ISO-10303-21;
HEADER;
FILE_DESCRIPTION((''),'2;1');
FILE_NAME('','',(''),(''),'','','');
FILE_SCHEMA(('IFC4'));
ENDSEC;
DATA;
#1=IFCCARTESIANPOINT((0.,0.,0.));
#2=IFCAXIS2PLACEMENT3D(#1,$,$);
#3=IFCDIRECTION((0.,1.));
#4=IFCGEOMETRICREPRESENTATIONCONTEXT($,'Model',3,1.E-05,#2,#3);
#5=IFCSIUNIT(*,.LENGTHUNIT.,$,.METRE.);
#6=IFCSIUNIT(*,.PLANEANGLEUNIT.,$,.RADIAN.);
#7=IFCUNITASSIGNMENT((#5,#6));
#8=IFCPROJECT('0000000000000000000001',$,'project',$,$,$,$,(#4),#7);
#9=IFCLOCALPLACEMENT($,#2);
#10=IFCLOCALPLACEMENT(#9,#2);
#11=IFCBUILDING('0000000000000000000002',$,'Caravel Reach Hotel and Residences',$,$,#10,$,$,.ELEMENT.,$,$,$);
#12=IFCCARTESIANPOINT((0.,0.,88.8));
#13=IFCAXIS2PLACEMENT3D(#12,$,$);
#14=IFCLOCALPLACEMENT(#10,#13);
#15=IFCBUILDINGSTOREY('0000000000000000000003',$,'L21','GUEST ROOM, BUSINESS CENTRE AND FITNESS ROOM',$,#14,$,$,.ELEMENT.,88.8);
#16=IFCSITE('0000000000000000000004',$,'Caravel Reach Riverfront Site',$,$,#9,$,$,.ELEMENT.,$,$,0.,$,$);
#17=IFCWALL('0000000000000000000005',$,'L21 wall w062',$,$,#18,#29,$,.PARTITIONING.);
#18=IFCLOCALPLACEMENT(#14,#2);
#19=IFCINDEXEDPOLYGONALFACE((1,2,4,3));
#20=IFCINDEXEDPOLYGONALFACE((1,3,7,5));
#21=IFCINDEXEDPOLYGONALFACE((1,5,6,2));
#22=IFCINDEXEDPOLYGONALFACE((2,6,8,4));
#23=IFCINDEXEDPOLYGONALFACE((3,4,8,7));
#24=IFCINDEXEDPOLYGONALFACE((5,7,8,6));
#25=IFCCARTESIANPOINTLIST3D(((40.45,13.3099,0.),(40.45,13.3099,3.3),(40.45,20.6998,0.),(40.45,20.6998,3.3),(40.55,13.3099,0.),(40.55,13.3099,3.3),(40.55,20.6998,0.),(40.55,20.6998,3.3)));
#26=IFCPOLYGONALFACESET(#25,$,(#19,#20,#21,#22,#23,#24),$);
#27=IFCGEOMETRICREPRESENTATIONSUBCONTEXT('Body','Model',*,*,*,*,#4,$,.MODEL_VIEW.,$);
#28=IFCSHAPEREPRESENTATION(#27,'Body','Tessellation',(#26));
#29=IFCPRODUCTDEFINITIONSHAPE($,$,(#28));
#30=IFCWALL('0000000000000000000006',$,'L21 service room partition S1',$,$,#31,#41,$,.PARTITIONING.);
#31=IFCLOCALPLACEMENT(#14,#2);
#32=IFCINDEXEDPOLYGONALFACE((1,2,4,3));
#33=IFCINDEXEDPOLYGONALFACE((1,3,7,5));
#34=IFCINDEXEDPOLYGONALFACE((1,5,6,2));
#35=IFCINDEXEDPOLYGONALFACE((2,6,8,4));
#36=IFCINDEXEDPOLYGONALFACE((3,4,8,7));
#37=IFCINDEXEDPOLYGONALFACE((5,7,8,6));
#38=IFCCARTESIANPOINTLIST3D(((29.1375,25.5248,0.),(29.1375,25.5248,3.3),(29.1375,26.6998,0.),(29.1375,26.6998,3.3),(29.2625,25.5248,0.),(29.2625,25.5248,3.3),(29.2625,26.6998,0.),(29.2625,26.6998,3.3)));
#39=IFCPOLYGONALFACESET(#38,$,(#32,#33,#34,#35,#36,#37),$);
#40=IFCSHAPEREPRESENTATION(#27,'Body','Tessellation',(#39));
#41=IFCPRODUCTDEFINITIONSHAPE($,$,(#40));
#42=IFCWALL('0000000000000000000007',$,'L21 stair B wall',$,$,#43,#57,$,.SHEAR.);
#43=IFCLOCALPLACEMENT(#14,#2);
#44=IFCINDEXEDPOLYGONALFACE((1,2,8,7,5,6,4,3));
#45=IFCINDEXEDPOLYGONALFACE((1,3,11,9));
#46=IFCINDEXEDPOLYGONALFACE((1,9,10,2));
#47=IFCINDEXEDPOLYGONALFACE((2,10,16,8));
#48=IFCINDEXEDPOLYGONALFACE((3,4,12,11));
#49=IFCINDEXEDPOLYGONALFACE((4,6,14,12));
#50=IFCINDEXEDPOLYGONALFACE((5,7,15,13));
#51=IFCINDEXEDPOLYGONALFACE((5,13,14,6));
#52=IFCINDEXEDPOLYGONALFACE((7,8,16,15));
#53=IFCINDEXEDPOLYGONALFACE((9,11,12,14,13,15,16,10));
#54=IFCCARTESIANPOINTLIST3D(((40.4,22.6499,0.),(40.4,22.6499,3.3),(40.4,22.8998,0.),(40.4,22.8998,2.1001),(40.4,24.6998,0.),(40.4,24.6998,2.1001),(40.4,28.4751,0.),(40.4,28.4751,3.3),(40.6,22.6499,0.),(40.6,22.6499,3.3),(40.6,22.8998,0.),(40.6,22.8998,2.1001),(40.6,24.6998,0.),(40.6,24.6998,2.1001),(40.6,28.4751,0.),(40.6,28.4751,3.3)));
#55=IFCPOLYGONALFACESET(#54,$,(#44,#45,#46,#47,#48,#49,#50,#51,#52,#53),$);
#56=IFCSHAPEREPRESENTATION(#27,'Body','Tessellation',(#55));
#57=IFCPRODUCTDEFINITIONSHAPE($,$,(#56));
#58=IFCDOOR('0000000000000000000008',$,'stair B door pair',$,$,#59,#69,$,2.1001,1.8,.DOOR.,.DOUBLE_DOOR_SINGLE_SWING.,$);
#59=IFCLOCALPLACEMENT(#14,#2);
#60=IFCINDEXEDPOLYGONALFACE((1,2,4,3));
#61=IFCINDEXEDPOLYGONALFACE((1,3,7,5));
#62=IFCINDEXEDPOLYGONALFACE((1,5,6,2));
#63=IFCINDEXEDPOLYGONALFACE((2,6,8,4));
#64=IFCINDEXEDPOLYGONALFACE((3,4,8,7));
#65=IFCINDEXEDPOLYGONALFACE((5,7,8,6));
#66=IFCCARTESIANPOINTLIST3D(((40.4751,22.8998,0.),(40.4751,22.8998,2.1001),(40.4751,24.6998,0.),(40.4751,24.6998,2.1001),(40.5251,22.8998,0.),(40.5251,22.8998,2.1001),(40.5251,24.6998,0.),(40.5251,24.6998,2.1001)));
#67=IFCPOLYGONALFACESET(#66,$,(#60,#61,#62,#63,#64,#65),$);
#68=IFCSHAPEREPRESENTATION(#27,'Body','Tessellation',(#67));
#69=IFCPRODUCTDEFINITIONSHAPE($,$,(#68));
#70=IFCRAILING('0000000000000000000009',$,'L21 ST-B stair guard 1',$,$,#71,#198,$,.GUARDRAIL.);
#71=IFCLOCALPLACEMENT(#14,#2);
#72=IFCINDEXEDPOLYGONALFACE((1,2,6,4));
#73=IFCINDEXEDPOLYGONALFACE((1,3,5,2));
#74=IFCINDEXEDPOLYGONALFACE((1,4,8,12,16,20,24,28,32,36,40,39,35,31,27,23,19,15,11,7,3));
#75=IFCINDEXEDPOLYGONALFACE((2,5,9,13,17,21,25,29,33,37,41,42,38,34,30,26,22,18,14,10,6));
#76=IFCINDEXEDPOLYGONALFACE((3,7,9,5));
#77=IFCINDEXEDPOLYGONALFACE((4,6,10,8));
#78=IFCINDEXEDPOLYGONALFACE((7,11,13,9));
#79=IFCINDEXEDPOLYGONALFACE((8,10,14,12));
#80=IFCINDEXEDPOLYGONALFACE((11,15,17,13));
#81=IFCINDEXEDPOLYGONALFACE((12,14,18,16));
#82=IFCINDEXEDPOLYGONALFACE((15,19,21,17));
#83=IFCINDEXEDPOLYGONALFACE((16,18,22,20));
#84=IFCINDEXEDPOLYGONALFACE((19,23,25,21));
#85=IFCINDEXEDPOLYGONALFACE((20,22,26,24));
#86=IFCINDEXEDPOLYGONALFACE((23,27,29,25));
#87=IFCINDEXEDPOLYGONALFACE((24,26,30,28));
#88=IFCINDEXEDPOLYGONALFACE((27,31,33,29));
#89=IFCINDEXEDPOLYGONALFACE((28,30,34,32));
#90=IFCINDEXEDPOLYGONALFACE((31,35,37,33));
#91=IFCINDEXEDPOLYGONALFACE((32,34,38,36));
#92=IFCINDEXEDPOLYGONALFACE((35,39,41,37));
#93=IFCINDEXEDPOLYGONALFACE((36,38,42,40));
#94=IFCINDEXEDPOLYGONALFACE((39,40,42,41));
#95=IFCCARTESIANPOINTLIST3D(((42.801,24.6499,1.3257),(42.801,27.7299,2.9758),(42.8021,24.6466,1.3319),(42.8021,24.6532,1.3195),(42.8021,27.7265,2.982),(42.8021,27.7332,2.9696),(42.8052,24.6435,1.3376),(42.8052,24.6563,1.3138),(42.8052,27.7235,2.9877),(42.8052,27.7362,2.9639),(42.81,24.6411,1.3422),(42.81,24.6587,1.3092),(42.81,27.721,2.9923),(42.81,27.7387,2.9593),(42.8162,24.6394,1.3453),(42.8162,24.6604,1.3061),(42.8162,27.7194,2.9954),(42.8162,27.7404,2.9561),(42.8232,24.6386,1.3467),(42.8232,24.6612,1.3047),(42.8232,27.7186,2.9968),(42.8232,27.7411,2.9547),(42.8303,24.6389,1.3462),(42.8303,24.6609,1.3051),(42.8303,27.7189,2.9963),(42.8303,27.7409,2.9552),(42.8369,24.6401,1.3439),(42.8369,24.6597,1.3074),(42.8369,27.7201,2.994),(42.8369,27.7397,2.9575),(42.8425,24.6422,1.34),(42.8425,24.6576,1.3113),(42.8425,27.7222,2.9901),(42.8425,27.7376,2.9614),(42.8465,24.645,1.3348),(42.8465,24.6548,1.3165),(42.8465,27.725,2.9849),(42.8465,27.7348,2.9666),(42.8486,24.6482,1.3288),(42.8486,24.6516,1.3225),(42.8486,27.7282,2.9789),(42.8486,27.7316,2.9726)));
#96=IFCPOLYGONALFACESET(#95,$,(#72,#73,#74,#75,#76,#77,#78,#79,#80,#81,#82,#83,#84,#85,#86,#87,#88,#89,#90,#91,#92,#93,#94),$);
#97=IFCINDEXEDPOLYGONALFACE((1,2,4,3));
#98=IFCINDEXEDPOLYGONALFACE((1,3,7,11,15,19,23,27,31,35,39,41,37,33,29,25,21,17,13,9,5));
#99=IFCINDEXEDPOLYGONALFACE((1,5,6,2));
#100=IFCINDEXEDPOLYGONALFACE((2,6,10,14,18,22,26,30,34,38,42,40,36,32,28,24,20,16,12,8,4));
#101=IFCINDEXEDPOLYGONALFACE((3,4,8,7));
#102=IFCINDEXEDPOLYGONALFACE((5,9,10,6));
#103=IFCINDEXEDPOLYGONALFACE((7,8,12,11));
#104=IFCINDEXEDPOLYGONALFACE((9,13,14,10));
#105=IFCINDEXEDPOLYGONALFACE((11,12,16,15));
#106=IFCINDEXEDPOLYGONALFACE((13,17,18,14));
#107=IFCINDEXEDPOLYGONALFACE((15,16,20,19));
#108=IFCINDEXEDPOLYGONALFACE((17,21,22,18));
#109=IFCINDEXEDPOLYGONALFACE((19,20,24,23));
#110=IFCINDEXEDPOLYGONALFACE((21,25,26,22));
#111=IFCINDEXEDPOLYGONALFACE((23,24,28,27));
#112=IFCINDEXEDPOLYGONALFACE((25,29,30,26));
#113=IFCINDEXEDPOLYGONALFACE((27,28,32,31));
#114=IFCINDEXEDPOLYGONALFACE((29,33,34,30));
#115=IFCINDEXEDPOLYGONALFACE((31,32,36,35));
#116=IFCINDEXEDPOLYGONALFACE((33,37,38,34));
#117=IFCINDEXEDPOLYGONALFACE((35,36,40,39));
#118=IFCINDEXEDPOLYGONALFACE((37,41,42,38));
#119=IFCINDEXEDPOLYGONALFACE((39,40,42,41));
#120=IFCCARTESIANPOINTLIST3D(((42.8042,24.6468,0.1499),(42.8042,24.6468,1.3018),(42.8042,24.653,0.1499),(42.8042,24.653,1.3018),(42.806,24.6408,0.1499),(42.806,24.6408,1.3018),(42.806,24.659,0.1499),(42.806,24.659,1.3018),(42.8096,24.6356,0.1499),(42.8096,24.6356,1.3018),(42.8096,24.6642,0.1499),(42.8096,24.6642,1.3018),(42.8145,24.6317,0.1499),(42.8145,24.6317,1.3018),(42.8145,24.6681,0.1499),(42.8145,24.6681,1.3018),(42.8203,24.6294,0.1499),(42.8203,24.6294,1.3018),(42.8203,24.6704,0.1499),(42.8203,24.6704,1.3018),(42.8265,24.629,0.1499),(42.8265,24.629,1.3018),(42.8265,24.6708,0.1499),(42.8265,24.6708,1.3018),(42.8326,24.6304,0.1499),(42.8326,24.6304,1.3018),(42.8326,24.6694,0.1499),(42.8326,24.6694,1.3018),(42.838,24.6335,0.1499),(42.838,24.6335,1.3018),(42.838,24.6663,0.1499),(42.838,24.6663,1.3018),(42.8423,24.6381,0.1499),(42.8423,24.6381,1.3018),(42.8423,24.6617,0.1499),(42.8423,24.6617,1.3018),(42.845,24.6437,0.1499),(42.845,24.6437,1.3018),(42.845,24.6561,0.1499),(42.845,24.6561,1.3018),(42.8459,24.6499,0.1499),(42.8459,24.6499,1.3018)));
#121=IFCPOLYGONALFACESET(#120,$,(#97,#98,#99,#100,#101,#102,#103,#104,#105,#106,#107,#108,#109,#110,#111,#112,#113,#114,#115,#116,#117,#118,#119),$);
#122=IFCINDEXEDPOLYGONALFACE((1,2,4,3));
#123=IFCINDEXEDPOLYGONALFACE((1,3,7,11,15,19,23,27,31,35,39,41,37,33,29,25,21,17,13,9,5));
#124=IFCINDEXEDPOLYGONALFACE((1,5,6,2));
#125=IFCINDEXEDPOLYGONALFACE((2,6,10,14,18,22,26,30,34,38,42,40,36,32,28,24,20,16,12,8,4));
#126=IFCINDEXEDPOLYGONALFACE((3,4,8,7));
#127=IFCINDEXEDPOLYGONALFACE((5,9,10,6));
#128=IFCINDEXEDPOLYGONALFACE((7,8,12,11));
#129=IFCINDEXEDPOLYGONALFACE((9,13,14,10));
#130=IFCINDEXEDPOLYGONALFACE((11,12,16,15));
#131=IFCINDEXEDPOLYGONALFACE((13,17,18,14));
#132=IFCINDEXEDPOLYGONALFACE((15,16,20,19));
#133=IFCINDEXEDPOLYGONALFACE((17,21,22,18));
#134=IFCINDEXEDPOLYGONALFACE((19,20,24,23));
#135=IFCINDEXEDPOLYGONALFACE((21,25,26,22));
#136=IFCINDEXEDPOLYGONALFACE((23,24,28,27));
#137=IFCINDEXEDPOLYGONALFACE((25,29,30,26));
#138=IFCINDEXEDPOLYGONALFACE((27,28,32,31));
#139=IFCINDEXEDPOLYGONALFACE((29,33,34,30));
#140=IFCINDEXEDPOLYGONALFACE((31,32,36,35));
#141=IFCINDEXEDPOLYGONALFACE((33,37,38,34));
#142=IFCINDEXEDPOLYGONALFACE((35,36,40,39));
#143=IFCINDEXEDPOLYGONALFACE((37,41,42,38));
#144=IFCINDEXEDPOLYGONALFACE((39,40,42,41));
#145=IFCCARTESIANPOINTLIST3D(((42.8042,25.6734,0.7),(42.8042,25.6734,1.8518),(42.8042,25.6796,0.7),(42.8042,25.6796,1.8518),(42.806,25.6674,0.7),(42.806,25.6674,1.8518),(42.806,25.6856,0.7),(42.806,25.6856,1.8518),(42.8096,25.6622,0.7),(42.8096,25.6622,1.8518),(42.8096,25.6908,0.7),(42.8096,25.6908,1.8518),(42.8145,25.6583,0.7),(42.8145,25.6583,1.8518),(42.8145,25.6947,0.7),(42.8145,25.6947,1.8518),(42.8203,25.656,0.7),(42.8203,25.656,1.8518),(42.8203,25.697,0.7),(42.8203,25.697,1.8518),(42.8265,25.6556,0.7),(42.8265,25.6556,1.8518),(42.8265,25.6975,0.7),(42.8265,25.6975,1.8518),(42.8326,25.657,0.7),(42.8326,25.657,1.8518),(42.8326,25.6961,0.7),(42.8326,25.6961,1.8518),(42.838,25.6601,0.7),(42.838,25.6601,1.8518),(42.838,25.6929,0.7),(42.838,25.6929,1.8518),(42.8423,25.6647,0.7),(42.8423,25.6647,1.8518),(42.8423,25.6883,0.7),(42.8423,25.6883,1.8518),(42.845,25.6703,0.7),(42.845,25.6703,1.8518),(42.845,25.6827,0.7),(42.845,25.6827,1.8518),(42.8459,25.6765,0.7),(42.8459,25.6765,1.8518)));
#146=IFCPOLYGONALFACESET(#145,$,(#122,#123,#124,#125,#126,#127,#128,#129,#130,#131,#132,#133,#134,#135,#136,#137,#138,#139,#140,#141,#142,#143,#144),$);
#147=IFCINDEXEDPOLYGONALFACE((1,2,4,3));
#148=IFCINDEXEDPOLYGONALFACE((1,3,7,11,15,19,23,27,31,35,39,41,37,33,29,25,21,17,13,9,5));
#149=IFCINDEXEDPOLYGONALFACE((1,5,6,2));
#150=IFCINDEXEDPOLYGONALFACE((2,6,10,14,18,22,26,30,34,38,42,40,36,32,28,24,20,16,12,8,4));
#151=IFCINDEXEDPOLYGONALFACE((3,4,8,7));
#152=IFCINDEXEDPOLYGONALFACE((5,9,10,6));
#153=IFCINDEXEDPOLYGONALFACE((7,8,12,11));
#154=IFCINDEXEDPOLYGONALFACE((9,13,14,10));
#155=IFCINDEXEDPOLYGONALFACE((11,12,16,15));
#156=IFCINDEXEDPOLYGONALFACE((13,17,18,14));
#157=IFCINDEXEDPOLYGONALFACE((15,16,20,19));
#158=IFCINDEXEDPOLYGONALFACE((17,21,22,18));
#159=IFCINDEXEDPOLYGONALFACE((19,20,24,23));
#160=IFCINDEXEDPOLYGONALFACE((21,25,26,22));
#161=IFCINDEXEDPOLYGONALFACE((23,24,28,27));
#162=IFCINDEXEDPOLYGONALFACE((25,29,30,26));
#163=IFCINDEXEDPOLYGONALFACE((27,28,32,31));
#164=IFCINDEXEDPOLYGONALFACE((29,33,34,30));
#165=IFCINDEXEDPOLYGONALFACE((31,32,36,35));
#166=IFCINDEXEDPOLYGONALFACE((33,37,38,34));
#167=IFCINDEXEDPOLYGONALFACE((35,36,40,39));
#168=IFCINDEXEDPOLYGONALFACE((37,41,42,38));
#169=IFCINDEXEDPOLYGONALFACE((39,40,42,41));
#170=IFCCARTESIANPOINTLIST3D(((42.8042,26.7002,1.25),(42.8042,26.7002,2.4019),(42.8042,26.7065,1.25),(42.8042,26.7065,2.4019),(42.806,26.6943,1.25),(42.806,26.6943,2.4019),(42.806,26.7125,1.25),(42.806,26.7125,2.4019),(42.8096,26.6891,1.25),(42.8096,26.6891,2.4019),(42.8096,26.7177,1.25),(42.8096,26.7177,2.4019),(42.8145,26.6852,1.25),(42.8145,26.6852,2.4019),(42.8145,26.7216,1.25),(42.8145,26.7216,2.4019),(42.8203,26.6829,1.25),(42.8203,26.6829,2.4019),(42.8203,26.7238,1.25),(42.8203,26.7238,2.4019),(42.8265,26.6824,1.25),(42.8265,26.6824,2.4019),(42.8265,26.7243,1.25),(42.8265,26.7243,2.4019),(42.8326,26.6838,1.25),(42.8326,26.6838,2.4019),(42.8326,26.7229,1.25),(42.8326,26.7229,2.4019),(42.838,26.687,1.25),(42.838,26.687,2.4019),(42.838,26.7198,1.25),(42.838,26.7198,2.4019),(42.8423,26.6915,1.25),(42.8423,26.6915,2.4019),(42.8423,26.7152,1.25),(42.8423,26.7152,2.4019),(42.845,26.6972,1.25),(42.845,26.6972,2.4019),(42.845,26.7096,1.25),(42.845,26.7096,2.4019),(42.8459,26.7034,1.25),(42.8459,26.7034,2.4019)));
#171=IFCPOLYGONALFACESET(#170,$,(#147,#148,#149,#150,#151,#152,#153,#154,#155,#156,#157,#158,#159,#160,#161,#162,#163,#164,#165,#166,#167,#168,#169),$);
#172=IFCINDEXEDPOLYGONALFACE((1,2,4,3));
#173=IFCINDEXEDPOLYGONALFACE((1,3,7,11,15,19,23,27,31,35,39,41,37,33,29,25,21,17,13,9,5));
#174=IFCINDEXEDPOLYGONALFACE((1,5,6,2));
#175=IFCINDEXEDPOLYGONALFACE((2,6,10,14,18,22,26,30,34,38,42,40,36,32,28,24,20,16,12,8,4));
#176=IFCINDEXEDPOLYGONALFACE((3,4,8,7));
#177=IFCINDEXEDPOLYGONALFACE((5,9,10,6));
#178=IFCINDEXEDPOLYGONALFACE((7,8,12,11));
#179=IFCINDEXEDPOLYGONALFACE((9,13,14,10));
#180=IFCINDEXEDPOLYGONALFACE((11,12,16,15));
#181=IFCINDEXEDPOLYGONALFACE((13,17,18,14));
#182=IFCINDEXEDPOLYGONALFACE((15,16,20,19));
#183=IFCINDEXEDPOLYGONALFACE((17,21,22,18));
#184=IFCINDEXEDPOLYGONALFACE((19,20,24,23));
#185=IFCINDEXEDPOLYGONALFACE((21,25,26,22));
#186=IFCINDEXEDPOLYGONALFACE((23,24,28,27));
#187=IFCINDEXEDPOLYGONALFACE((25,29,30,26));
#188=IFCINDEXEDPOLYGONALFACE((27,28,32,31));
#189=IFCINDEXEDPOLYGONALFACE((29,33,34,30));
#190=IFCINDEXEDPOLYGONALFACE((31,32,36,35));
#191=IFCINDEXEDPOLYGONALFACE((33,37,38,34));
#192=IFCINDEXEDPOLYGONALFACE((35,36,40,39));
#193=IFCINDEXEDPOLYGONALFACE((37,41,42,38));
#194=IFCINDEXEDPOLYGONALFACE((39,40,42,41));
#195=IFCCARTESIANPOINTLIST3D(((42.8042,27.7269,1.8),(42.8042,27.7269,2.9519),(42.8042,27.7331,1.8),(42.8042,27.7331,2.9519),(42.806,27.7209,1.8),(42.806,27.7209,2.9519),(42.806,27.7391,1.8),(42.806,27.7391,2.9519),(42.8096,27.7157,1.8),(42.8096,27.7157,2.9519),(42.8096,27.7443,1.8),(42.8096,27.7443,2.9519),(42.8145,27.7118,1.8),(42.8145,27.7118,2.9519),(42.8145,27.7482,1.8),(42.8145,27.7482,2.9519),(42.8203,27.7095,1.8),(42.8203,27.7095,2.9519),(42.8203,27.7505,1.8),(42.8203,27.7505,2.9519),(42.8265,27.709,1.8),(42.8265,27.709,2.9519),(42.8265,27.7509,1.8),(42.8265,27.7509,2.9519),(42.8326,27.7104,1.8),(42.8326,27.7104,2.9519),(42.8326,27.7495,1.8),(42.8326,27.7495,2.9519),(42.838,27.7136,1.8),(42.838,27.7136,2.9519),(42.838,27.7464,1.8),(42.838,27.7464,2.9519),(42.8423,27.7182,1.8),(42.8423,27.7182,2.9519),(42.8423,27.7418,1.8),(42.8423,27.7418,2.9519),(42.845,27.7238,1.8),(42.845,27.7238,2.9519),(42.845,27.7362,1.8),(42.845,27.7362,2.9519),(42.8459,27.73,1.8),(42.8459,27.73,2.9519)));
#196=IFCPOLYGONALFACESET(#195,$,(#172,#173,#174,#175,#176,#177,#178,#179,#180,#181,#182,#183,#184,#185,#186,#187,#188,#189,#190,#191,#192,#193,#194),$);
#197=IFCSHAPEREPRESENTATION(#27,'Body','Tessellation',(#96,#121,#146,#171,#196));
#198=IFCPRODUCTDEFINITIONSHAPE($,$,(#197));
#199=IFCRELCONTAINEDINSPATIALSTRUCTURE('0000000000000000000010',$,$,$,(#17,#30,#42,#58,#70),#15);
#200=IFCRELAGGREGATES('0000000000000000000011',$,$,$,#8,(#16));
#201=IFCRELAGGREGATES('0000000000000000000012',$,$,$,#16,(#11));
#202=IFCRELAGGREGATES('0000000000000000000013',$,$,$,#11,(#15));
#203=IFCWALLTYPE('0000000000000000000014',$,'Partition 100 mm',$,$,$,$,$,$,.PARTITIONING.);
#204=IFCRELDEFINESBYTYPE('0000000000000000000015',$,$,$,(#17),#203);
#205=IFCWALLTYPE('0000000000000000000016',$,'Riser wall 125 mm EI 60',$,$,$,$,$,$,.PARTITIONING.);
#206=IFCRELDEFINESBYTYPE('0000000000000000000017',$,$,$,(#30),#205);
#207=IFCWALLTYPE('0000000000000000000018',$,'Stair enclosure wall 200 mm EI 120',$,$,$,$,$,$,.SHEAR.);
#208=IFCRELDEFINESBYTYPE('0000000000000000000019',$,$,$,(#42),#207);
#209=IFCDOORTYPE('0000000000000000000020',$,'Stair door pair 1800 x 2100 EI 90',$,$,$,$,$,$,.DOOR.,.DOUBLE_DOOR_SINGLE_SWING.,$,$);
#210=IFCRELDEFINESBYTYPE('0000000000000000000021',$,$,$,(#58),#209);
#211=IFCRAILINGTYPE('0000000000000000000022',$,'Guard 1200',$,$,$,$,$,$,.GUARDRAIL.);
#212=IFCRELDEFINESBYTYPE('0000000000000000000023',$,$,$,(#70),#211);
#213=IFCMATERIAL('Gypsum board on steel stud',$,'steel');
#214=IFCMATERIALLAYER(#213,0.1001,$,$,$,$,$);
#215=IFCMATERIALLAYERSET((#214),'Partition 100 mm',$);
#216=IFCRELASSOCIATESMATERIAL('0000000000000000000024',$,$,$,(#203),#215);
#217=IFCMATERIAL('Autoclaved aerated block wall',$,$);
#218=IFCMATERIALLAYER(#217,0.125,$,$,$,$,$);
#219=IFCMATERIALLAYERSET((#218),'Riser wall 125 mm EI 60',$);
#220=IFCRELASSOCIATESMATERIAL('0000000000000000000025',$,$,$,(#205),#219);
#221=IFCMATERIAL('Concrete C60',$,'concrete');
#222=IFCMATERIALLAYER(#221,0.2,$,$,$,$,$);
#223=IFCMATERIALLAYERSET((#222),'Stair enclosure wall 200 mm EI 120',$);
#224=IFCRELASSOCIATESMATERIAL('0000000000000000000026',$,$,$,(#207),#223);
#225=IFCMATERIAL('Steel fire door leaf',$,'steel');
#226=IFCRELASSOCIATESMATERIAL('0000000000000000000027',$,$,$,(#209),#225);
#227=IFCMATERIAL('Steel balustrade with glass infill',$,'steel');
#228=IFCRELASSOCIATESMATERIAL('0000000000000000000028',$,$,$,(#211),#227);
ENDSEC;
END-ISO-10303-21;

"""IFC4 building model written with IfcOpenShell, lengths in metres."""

from ifc_helpers import new_model, si_unit, direction, frame, frame_2d, origin, origin_2d, place, context, subcontext, project, spatial, rectangle, circle, extrude, material, layer, layer_set, type_object, element, fill, save


model = new_model("IFC4")

# Units and contexts
model_context = context("Model", 3, precision=1e-05, world=origin(), true_north=direction((0.0, 1.0)))
body_context = subcontext(model_context, "Body", "Model", "MODEL_VIEW")
ifc_project = project(units=[si_unit("LENGTHUNIT", "METRE"), si_unit("PLANEANGLEUNIT", "RADIAN")], contexts=[model_context])

# Site, building, storey
site_placement = place(None, origin())
site = spatial("IfcSite", under=ifc_project, at=site_placement, Name="Caravel Reach Riverfront Site", CompositionType="ELEMENT", RefElevation=0.0)
building_placement = place(site_placement, origin())
building = spatial("IfcBuilding", under=site, at=building_placement, Name="Caravel Reach Hotel and Residences", CompositionType="ELEMENT")
storey_placement = place(building_placement, frame((0.0, 0.0, 88.8)))
storey = spatial("IfcBuildingStorey", under=building, at=storey_placement, Name="L21", Description="GUEST ROOM, BUSINESS CENTRE AND FITNESS ROOM", CompositionType="ELEMENT", Elevation=88.8)

# Walls
ifc_material_1 = material(Name="Gypsum board on steel stud", Category="steel")
ifc_layer_1 = layer(ifc_material_1, 0.1001)
ifc_layer_set_1 = layer_set([ifc_layer_1], Name="Partition 100 mm")
wall_type_1 = type_object("IfcWallType", Name="Partition 100 mm", PredefinedType="PARTITIONING", material=ifc_layer_set_1)
wall_1_placement = place(storey_placement, frame((40.5, 13.3101, 0.0), z_axis=(0.0, 0.0, 1.0), x_axis=(0.0, 1.0, 0.0)))
element("IfcWall", 1, at=wall_1_placement, inside=storey, type_object=wall_type_1, Name="L21 wall w062", PredefinedType="PARTITIONING", context=body_context, shape_type="SweptSolid", body=[
    extrude(rectangle(XDim=7.3899, YDim=0.1001, at=frame_2d((3.6948, 0.0))), origin(), (0.0, 0.0, 1.0), 3.3),
])
ifc_material_2 = material(Name="Autoclaved aerated block wall")
ifc_layer_2 = layer(ifc_material_2, 0.125)
ifc_layer_set_2 = layer_set([ifc_layer_2], Name="Riser wall 125 mm EI 60")
wall_type_2 = type_object("IfcWallType", Name="Riser wall 125 mm EI 60", PredefinedType="PARTITIONING", material=ifc_layer_set_2)
wall_2_placement = place(storey_placement, frame((29.2, 25.5249, 0.0), z_axis=(0.0, 0.0, 1.0), x_axis=(0.0, 1.0, 0.0)))
element("IfcWall", 2, at=wall_2_placement, inside=storey, type_object=wall_type_2, Name="L21 service room partition S1", PredefinedType="PARTITIONING", context=body_context, shape_type="SweptSolid", body=[
    extrude(rectangle(XDim=1.175, YDim=0.125, at=frame_2d((0.5874, 0.0))), origin(), (0.0, 0.0, 1.0), 3.3),
])

# Wall, opening, door
ifc_material_3 = material(Name="Concrete C60", Category="concrete")
ifc_layer_3 = layer(ifc_material_3, 0.2)
ifc_layer_set_3 = layer_set([ifc_layer_3], Name="Stair enclosure wall 200 mm EI 120")
wall_type_3 = type_object("IfcWallType", Name="Stair enclosure wall 200 mm EI 120", PredefinedType="SHEAR", material=ifc_layer_set_3)
wall_3_placement = place(storey_placement, frame((40.5, 22.6499, 0.0), z_axis=(0.0, 0.0, 1.0), x_axis=(0.0, 1.0, 0.0)))
wall_3 = element("IfcWall", 3, at=wall_3_placement, inside=storey, type_object=wall_type_3, Name="L21 stair B wall", PredefinedType="SHEAR", context=body_context, shape_type="SweptSolid", body=[
    extrude(rectangle(XDim=5.8252, YDim=0.2, at=frame_2d((2.9126, 0.0))), origin(), (0.0, 0.0, 1.0), 3.3),
])
opening_1_placement = place(wall_3_placement, frame((0.25, 0.0, 0.0)))
opening_1 = element("IfcOpeningElement", 4, at=opening_1_placement, cuts=wall_3, PredefinedType="OPENING", context=body_context, shape_type="SweptSolid", body=[
    extrude(rectangle(XDim=1.8, YDim=2.1001, at=frame_2d((0.8999, 1.05))), frame((0.0, 0.1099, 0.0), z_axis=(0.0, -1.0, 0.0), x_axis=(1.0, 0.0, 0.0)), (0.0, 0.0, 1.0), 0.22),
])
ifc_material_4 = material(Name="Steel fire door leaf", Category="steel")
door_type_1 = type_object("IfcDoorType", Name="Stair door pair 1800 x 2100 EI 90", OperationType="DOUBLE_DOOR_SINGLE_SWING", PredefinedType="DOOR", material=ifc_material_4)
door_1_placement = place(opening_1_placement, origin())
door_1 = element("IfcDoor", 5, at=door_1_placement, inside=storey, type_object=door_type_1, Name="stair B door pair", OperationType="DOUBLE_DOOR_SINGLE_SWING", OverallHeight=2.1001, OverallWidth=1.8, PredefinedType="DOOR", context=body_context, shape_type="SweptSolid", body=[
    extrude(rectangle(XDim=1.8, YDim=2.1001, at=frame_2d((0.8999, 1.05))), frame((0.0, 0.0249, 0.0), z_axis=(0.0, -1.0, 0.0), x_axis=(1.0, 0.0, 0.0)), (0.0, 0.0, 1.0), 0.05),
])
fill(opening_1, door_1)

# Railing
ifc_material_5 = material(Name="Steel balustrade with glass infill", Category="steel")
railing_type_1 = type_object("IfcRailingType", Name="Guard 1200", PredefinedType="GUARDRAIL", material=ifc_material_5)
railing_1_placement = place(storey_placement, frame((42.825, 24.6499, 0.1499)))
element("IfcRailing", 6, at=railing_1_placement, inside=storey, type_object=railing_type_1, Name="L21 ST-B stair guard 1", PredefinedType="GUARDRAIL", context=body_context, shape_type="SweptSolid", body=[
    extrude(circle(Radius=0.0239, at=origin_2d()), frame((0.0, 0.0, 1.1758), z_axis=(0.0, 0.881468, 0.472245), x_axis=(-1.0, 0.0, 0.0)), (0.0, 0.0, 1.0), 3.4941),
    extrude(circle(Radius=0.021, at=origin_2d()), origin(), (0.0, 0.0, 1.0), 1.1519),
    extrude(circle(Radius=0.021, at=origin_2d()), frame((0.0, 1.0266, 0.55)), (0.0, 0.0, 1.0), 1.1519),
    extrude(circle(Radius=0.021, at=origin_2d()), frame((0.0, 2.0535, 1.1001)), (0.0, 0.0, 1.0), 1.1519),
    extrude(circle(Radius=0.021, at=origin_2d()), frame((0.0, 3.0801, 1.6501)), (0.0, 0.0, 1.0), 1.1519),
])

save(model, "model.ifc")
